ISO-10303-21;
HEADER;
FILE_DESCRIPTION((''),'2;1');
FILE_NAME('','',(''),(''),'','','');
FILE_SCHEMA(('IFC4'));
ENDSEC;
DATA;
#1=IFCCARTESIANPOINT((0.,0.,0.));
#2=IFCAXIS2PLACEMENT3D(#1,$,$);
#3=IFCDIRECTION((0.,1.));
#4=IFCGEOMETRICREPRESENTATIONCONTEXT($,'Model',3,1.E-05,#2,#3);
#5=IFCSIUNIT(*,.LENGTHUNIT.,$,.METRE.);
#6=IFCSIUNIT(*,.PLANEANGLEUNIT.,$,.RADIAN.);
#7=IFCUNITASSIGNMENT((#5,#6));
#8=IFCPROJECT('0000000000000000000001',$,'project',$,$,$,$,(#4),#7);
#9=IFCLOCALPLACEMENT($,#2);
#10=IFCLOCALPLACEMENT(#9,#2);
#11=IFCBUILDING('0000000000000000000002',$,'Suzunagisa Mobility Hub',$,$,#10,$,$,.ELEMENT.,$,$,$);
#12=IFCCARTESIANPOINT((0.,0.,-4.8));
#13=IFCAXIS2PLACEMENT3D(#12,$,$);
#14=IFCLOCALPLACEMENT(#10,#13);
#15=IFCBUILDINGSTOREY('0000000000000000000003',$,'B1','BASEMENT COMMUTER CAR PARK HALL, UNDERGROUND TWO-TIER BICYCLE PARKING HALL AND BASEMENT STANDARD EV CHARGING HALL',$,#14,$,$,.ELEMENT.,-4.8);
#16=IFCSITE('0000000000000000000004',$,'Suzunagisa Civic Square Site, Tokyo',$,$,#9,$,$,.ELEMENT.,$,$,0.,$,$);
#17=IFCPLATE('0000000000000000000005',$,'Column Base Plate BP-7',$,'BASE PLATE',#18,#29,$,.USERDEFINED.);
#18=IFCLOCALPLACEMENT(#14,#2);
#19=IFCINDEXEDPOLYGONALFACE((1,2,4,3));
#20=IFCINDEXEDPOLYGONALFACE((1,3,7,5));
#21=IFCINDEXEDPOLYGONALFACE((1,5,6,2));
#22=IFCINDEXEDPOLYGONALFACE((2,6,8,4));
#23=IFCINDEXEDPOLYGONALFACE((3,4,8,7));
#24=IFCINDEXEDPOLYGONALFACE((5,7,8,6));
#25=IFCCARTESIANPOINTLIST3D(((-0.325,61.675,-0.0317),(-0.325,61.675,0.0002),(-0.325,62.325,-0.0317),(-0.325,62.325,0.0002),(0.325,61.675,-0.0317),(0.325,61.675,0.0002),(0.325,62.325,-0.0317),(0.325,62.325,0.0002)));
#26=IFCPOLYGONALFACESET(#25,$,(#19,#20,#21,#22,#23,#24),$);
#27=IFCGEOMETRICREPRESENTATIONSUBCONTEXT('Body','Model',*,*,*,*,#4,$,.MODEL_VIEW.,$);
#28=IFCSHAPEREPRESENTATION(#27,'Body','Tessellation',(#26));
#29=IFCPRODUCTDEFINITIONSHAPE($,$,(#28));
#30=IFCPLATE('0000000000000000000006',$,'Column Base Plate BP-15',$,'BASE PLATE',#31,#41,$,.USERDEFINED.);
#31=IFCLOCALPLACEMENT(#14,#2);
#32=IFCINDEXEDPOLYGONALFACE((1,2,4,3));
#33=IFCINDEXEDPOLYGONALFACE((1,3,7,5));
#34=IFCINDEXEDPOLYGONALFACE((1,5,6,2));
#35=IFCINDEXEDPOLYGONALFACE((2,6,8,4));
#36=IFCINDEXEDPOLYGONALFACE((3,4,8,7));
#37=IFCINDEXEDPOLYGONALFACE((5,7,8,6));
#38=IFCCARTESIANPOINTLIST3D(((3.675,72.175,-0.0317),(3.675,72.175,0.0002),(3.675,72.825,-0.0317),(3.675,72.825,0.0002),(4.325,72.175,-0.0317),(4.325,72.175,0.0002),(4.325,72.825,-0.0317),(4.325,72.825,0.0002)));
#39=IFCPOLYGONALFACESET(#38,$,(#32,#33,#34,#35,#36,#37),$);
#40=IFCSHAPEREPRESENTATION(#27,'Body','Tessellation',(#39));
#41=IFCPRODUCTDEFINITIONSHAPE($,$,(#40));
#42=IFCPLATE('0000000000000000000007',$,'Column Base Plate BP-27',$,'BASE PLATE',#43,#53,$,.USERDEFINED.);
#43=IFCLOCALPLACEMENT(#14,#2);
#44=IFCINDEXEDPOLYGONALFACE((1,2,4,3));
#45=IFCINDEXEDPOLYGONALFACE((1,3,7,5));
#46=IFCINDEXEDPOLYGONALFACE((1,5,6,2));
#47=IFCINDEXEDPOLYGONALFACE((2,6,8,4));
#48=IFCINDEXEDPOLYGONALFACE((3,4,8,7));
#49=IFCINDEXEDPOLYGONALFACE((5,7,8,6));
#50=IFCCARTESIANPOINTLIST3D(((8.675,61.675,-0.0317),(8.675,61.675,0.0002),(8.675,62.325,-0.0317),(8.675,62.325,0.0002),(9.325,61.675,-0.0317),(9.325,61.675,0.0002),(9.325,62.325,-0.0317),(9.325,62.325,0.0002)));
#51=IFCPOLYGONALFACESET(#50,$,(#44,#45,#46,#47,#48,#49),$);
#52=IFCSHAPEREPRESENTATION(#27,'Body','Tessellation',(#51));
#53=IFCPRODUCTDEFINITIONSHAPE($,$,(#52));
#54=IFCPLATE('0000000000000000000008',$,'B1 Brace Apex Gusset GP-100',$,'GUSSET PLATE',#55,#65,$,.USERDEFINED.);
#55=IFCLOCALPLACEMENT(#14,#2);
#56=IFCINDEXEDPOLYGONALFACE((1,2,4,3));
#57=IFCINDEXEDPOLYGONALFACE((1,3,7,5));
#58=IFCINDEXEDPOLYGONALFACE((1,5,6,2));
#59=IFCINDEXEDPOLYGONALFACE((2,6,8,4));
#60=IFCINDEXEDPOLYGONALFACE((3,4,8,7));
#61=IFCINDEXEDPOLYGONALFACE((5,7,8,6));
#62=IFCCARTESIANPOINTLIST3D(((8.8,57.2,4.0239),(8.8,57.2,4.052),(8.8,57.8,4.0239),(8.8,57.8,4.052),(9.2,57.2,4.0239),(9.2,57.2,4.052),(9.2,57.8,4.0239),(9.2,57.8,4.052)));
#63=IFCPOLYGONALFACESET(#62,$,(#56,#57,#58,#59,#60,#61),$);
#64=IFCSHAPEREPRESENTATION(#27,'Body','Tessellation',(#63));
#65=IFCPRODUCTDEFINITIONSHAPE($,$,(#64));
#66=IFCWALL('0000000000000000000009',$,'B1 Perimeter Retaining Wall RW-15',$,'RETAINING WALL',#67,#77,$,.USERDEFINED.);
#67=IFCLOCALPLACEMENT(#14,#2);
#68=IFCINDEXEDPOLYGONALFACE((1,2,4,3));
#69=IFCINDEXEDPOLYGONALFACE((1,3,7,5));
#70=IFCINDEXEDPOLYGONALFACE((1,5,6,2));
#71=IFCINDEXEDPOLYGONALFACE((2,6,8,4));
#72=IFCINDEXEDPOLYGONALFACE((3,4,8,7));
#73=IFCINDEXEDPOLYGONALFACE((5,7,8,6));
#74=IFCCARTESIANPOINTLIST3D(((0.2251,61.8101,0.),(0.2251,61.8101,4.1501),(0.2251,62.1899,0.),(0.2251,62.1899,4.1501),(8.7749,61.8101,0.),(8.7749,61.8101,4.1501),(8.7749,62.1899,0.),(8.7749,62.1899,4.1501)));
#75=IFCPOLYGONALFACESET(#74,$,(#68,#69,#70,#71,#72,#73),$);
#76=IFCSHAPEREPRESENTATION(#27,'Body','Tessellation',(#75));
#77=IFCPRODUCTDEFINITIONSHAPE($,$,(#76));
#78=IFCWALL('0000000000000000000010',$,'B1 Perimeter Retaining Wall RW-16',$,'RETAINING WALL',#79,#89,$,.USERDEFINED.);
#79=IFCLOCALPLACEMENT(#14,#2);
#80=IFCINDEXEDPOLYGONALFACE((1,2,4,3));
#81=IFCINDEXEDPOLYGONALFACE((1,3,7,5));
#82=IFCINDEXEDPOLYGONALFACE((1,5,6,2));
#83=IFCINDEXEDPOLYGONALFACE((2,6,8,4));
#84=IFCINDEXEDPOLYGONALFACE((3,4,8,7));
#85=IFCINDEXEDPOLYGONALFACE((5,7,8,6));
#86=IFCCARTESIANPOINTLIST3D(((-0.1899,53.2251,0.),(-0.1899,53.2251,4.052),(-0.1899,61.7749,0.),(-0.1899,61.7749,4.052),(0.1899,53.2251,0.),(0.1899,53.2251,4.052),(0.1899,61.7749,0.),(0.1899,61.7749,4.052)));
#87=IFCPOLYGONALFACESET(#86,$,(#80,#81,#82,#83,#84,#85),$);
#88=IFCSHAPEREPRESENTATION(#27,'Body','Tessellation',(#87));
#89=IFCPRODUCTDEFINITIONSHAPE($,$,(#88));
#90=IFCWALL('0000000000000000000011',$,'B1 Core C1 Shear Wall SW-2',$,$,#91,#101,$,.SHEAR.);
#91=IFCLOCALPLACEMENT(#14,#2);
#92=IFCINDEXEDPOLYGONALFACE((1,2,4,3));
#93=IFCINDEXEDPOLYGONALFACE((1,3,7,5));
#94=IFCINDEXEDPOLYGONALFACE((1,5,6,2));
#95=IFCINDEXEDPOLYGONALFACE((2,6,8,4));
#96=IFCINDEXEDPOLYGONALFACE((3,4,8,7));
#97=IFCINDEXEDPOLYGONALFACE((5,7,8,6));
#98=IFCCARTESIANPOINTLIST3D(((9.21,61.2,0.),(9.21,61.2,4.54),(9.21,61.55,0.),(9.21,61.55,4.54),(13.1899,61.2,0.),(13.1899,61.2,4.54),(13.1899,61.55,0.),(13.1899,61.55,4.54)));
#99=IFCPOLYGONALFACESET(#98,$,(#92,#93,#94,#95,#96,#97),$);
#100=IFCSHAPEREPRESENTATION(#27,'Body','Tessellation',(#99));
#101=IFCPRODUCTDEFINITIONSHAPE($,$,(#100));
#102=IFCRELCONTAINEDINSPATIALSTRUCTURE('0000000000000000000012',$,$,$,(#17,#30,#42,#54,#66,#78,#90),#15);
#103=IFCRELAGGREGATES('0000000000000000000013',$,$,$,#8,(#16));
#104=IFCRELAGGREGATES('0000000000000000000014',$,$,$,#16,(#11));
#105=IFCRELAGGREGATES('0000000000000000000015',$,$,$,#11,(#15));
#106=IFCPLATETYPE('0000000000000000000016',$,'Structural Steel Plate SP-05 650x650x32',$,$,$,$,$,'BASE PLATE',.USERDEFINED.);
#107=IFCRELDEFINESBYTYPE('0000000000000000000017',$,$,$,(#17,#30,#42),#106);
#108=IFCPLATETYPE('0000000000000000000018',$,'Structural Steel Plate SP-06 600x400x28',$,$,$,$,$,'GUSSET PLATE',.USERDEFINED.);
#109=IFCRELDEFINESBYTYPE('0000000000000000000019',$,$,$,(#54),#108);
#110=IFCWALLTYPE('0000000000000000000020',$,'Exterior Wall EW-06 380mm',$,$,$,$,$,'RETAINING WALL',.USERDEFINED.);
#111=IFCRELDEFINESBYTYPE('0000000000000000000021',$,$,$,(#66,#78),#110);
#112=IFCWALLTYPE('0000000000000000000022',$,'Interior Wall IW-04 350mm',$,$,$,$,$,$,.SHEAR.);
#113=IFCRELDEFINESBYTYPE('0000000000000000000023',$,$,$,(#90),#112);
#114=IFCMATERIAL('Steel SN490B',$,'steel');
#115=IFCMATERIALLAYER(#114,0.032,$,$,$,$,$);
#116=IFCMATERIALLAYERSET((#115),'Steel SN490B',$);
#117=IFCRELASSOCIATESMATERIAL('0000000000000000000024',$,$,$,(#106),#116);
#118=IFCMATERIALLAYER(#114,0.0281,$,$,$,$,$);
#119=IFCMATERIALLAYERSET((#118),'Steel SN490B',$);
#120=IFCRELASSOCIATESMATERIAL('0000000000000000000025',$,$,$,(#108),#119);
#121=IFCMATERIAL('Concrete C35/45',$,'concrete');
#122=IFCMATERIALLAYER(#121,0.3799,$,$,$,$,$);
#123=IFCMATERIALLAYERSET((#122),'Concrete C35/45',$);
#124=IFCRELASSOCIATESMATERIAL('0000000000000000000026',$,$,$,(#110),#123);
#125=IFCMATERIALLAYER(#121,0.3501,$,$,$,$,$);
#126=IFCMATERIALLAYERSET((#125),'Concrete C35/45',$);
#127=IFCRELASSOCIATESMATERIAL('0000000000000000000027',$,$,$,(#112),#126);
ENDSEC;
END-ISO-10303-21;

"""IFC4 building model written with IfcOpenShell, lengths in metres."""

from ifc_helpers import new_model, si_unit, direction, frame, frame_2d, origin, origin_2d, place, context, subcontext, project, spatial, rectangle, extrude, material, layer, layer_set, type_object, element, save


model = new_model("IFC4")

# Units and contexts
model_context = context("Model", 3, precision=1e-05, world=origin(), true_north=direction((0.0, 1.0)))
body_context = subcontext(model_context, "Body", "Model", "MODEL_VIEW")
ifc_project = project(units=[si_unit("LENGTHUNIT", "METRE"), si_unit("PLANEANGLEUNIT", "RADIAN")], contexts=[model_context])

# Site, building, storey
site_placement = place(None, origin())
site = spatial("IfcSite", under=ifc_project, at=site_placement, Name="Suzunagisa Civic Square Site, Tokyo", CompositionType="ELEMENT", RefElevation=0.0)
building_placement = place(site_placement, origin())
building = spatial("IfcBuilding", under=site, at=building_placement, Name="Suzunagisa Mobility Hub", CompositionType="ELEMENT")
storey_placement = place(building_placement, frame((0.0, 0.0, -4.8)))
storey = spatial("IfcBuildingStorey", under=building, at=storey_placement, Name="B1", Description="BASEMENT COMMUTER CAR PARK HALL, UNDERGROUND TWO-TIER BICYCLE PARKING HALL AND BASEMENT STANDARD EV CHARGING HALL", CompositionType="ELEMENT", Elevation=-4.8)

# Shared definitions
ifc_material_1 = material(Name="Concrete C35/45", Category="concrete")

# Shared definitions
ifc_material_2 = material(Name="Steel SN490B", Category="steel")

# Plates
ifc_layer_1 = layer(ifc_material_2, 0.032)
ifc_layer_set_1 = layer_set([ifc_layer_1], Name="Steel SN490B")
plate_type_1 = type_object("IfcPlateType", Name="Structural Steel Plate SP-05 650x650x32", ElementType="BASE PLATE", PredefinedType="USERDEFINED", material=ifc_layer_set_1)
for number, where, z_axis, x_axis, name in (
    (1, (0.0, 62.0, -0.0317), (0.0, 0.0, 1.0), (1.0, 0.0, 0.0), "Column Base Plate BP-7"),
    (2, (4.0, 72.5, -0.0317), (0.0, 0.0, 1.0), (1.0, 0.0, 0.0), "Column Base Plate BP-15"),
    (3, (9.0, 62.0, -0.0317), (0.0, 0.0, 1.0), (1.0, 0.0, 0.0), "Column Base Plate BP-27"),
):
    element("IfcPlate", number, at=place(storey_placement, frame(where, z_axis=z_axis, x_axis=x_axis)), inside=storey, type_object=plate_type_1, Name=name, ObjectType="BASE PLATE", PredefinedType="USERDEFINED", context=body_context, shape_type="SweptSolid", body=[
        extrude(rectangle(XDim=0.6499, YDim=0.6499, at=origin_2d()), origin(), (0.0, 0.0, 1.0), 0.032),
    ])
ifc_layer_2 = layer(ifc_material_2, 0.0281)
ifc_layer_set_2 = layer_set([ifc_layer_2], Name="Steel SN490B")
plate_type_2 = type_object("IfcPlateType", Name="Structural Steel Plate SP-06 600x400x28", ElementType="GUSSET PLATE", PredefinedType="USERDEFINED", material=ifc_layer_set_2)
plate_1_placement = place(storey_placement, frame((9.0, 57.5, 4.0239), z_axis=(0.0, 0.0, 1.0), x_axis=(1.0, 0.0, 0.0)))
element("IfcPlate", 4, at=plate_1_placement, inside=storey, type_object=plate_type_2, Name="B1 Brace Apex Gusset GP-100", ObjectType="GUSSET PLATE", PredefinedType="USERDEFINED", context=body_context, shape_type="SweptSolid", body=[
    extrude(rectangle(XDim=0.3999, YDim=0.6001, at=origin_2d()), origin(), (0.0, 0.0, 1.0), 0.0281),
])

# Walls
ifc_layer_3 = layer(ifc_material_1, 0.3799)
ifc_layer_set_3 = layer_set([ifc_layer_3], Name="Concrete C35/45")
wall_type_1 = type_object("IfcWallType", Name="Exterior Wall EW-06 380mm", ElementType="RETAINING WALL", PredefinedType="USERDEFINED", material=ifc_layer_set_3)
wall_1_placement = place(storey_placement, frame((8.7749, 62.0, 0.0), z_axis=(0.0, 0.0, 1.0), x_axis=(-1.0, 0.0, 0.0)))
element("IfcWall", 5, at=wall_1_placement, inside=storey, type_object=wall_type_1, Name="B1 Perimeter Retaining Wall RW-15", ObjectType="RETAINING WALL", PredefinedType="USERDEFINED", context=body_context, shape_type="SweptSolid", body=[
    extrude(rectangle(XDim=8.5498, YDim=0.3799, at=frame_2d((4.2749, 0.0))), origin(), (0.0, 0.0, 1.0), 4.1501),
])
wall_2_placement = place(storey_placement, frame((0.0, 61.7749, 0.0), z_axis=(0.0, 0.0, 1.0), x_axis=(0.0, -1.0, 0.0)))
element("IfcWall", 6, at=wall_2_placement, inside=storey, type_object=wall_type_1, Name="B1 Perimeter Retaining Wall RW-16", ObjectType="RETAINING WALL", PredefinedType="USERDEFINED", context=body_context, shape_type="SweptSolid", body=[
    extrude(rectangle(XDim=8.5498, YDim=0.3799, at=frame_2d((4.2749, 0.0))), origin(), (0.0, 0.0, 1.0), 4.052),
])
ifc_layer_4 = layer(ifc_material_1, 0.3501)
ifc_layer_set_4 = layer_set([ifc_layer_4], Name="Concrete C35/45")
wall_type_2 = type_object("IfcWallType", Name="Interior Wall IW-04 350mm", PredefinedType="SHEAR", material=ifc_layer_set_4)
wall_3_placement = place(storey_placement, frame((9.21, 61.375, 0.0), z_axis=(0.0, 0.0, 1.0), x_axis=(1.0, 0.0, 0.0)))
element("IfcWall", 7, at=wall_3_placement, inside=storey, type_object=wall_type_2, Name="B1 Core C1 Shear Wall SW-2", PredefinedType="SHEAR", context=body_context, shape_type="SweptSolid", body=[
    extrude(rectangle(XDim=3.98, YDim=0.3501, at=frame_2d((1.99, 0.0))), origin(), (0.0, 0.0, 1.0), 4.54),
])

save(model, "model.ifc")
